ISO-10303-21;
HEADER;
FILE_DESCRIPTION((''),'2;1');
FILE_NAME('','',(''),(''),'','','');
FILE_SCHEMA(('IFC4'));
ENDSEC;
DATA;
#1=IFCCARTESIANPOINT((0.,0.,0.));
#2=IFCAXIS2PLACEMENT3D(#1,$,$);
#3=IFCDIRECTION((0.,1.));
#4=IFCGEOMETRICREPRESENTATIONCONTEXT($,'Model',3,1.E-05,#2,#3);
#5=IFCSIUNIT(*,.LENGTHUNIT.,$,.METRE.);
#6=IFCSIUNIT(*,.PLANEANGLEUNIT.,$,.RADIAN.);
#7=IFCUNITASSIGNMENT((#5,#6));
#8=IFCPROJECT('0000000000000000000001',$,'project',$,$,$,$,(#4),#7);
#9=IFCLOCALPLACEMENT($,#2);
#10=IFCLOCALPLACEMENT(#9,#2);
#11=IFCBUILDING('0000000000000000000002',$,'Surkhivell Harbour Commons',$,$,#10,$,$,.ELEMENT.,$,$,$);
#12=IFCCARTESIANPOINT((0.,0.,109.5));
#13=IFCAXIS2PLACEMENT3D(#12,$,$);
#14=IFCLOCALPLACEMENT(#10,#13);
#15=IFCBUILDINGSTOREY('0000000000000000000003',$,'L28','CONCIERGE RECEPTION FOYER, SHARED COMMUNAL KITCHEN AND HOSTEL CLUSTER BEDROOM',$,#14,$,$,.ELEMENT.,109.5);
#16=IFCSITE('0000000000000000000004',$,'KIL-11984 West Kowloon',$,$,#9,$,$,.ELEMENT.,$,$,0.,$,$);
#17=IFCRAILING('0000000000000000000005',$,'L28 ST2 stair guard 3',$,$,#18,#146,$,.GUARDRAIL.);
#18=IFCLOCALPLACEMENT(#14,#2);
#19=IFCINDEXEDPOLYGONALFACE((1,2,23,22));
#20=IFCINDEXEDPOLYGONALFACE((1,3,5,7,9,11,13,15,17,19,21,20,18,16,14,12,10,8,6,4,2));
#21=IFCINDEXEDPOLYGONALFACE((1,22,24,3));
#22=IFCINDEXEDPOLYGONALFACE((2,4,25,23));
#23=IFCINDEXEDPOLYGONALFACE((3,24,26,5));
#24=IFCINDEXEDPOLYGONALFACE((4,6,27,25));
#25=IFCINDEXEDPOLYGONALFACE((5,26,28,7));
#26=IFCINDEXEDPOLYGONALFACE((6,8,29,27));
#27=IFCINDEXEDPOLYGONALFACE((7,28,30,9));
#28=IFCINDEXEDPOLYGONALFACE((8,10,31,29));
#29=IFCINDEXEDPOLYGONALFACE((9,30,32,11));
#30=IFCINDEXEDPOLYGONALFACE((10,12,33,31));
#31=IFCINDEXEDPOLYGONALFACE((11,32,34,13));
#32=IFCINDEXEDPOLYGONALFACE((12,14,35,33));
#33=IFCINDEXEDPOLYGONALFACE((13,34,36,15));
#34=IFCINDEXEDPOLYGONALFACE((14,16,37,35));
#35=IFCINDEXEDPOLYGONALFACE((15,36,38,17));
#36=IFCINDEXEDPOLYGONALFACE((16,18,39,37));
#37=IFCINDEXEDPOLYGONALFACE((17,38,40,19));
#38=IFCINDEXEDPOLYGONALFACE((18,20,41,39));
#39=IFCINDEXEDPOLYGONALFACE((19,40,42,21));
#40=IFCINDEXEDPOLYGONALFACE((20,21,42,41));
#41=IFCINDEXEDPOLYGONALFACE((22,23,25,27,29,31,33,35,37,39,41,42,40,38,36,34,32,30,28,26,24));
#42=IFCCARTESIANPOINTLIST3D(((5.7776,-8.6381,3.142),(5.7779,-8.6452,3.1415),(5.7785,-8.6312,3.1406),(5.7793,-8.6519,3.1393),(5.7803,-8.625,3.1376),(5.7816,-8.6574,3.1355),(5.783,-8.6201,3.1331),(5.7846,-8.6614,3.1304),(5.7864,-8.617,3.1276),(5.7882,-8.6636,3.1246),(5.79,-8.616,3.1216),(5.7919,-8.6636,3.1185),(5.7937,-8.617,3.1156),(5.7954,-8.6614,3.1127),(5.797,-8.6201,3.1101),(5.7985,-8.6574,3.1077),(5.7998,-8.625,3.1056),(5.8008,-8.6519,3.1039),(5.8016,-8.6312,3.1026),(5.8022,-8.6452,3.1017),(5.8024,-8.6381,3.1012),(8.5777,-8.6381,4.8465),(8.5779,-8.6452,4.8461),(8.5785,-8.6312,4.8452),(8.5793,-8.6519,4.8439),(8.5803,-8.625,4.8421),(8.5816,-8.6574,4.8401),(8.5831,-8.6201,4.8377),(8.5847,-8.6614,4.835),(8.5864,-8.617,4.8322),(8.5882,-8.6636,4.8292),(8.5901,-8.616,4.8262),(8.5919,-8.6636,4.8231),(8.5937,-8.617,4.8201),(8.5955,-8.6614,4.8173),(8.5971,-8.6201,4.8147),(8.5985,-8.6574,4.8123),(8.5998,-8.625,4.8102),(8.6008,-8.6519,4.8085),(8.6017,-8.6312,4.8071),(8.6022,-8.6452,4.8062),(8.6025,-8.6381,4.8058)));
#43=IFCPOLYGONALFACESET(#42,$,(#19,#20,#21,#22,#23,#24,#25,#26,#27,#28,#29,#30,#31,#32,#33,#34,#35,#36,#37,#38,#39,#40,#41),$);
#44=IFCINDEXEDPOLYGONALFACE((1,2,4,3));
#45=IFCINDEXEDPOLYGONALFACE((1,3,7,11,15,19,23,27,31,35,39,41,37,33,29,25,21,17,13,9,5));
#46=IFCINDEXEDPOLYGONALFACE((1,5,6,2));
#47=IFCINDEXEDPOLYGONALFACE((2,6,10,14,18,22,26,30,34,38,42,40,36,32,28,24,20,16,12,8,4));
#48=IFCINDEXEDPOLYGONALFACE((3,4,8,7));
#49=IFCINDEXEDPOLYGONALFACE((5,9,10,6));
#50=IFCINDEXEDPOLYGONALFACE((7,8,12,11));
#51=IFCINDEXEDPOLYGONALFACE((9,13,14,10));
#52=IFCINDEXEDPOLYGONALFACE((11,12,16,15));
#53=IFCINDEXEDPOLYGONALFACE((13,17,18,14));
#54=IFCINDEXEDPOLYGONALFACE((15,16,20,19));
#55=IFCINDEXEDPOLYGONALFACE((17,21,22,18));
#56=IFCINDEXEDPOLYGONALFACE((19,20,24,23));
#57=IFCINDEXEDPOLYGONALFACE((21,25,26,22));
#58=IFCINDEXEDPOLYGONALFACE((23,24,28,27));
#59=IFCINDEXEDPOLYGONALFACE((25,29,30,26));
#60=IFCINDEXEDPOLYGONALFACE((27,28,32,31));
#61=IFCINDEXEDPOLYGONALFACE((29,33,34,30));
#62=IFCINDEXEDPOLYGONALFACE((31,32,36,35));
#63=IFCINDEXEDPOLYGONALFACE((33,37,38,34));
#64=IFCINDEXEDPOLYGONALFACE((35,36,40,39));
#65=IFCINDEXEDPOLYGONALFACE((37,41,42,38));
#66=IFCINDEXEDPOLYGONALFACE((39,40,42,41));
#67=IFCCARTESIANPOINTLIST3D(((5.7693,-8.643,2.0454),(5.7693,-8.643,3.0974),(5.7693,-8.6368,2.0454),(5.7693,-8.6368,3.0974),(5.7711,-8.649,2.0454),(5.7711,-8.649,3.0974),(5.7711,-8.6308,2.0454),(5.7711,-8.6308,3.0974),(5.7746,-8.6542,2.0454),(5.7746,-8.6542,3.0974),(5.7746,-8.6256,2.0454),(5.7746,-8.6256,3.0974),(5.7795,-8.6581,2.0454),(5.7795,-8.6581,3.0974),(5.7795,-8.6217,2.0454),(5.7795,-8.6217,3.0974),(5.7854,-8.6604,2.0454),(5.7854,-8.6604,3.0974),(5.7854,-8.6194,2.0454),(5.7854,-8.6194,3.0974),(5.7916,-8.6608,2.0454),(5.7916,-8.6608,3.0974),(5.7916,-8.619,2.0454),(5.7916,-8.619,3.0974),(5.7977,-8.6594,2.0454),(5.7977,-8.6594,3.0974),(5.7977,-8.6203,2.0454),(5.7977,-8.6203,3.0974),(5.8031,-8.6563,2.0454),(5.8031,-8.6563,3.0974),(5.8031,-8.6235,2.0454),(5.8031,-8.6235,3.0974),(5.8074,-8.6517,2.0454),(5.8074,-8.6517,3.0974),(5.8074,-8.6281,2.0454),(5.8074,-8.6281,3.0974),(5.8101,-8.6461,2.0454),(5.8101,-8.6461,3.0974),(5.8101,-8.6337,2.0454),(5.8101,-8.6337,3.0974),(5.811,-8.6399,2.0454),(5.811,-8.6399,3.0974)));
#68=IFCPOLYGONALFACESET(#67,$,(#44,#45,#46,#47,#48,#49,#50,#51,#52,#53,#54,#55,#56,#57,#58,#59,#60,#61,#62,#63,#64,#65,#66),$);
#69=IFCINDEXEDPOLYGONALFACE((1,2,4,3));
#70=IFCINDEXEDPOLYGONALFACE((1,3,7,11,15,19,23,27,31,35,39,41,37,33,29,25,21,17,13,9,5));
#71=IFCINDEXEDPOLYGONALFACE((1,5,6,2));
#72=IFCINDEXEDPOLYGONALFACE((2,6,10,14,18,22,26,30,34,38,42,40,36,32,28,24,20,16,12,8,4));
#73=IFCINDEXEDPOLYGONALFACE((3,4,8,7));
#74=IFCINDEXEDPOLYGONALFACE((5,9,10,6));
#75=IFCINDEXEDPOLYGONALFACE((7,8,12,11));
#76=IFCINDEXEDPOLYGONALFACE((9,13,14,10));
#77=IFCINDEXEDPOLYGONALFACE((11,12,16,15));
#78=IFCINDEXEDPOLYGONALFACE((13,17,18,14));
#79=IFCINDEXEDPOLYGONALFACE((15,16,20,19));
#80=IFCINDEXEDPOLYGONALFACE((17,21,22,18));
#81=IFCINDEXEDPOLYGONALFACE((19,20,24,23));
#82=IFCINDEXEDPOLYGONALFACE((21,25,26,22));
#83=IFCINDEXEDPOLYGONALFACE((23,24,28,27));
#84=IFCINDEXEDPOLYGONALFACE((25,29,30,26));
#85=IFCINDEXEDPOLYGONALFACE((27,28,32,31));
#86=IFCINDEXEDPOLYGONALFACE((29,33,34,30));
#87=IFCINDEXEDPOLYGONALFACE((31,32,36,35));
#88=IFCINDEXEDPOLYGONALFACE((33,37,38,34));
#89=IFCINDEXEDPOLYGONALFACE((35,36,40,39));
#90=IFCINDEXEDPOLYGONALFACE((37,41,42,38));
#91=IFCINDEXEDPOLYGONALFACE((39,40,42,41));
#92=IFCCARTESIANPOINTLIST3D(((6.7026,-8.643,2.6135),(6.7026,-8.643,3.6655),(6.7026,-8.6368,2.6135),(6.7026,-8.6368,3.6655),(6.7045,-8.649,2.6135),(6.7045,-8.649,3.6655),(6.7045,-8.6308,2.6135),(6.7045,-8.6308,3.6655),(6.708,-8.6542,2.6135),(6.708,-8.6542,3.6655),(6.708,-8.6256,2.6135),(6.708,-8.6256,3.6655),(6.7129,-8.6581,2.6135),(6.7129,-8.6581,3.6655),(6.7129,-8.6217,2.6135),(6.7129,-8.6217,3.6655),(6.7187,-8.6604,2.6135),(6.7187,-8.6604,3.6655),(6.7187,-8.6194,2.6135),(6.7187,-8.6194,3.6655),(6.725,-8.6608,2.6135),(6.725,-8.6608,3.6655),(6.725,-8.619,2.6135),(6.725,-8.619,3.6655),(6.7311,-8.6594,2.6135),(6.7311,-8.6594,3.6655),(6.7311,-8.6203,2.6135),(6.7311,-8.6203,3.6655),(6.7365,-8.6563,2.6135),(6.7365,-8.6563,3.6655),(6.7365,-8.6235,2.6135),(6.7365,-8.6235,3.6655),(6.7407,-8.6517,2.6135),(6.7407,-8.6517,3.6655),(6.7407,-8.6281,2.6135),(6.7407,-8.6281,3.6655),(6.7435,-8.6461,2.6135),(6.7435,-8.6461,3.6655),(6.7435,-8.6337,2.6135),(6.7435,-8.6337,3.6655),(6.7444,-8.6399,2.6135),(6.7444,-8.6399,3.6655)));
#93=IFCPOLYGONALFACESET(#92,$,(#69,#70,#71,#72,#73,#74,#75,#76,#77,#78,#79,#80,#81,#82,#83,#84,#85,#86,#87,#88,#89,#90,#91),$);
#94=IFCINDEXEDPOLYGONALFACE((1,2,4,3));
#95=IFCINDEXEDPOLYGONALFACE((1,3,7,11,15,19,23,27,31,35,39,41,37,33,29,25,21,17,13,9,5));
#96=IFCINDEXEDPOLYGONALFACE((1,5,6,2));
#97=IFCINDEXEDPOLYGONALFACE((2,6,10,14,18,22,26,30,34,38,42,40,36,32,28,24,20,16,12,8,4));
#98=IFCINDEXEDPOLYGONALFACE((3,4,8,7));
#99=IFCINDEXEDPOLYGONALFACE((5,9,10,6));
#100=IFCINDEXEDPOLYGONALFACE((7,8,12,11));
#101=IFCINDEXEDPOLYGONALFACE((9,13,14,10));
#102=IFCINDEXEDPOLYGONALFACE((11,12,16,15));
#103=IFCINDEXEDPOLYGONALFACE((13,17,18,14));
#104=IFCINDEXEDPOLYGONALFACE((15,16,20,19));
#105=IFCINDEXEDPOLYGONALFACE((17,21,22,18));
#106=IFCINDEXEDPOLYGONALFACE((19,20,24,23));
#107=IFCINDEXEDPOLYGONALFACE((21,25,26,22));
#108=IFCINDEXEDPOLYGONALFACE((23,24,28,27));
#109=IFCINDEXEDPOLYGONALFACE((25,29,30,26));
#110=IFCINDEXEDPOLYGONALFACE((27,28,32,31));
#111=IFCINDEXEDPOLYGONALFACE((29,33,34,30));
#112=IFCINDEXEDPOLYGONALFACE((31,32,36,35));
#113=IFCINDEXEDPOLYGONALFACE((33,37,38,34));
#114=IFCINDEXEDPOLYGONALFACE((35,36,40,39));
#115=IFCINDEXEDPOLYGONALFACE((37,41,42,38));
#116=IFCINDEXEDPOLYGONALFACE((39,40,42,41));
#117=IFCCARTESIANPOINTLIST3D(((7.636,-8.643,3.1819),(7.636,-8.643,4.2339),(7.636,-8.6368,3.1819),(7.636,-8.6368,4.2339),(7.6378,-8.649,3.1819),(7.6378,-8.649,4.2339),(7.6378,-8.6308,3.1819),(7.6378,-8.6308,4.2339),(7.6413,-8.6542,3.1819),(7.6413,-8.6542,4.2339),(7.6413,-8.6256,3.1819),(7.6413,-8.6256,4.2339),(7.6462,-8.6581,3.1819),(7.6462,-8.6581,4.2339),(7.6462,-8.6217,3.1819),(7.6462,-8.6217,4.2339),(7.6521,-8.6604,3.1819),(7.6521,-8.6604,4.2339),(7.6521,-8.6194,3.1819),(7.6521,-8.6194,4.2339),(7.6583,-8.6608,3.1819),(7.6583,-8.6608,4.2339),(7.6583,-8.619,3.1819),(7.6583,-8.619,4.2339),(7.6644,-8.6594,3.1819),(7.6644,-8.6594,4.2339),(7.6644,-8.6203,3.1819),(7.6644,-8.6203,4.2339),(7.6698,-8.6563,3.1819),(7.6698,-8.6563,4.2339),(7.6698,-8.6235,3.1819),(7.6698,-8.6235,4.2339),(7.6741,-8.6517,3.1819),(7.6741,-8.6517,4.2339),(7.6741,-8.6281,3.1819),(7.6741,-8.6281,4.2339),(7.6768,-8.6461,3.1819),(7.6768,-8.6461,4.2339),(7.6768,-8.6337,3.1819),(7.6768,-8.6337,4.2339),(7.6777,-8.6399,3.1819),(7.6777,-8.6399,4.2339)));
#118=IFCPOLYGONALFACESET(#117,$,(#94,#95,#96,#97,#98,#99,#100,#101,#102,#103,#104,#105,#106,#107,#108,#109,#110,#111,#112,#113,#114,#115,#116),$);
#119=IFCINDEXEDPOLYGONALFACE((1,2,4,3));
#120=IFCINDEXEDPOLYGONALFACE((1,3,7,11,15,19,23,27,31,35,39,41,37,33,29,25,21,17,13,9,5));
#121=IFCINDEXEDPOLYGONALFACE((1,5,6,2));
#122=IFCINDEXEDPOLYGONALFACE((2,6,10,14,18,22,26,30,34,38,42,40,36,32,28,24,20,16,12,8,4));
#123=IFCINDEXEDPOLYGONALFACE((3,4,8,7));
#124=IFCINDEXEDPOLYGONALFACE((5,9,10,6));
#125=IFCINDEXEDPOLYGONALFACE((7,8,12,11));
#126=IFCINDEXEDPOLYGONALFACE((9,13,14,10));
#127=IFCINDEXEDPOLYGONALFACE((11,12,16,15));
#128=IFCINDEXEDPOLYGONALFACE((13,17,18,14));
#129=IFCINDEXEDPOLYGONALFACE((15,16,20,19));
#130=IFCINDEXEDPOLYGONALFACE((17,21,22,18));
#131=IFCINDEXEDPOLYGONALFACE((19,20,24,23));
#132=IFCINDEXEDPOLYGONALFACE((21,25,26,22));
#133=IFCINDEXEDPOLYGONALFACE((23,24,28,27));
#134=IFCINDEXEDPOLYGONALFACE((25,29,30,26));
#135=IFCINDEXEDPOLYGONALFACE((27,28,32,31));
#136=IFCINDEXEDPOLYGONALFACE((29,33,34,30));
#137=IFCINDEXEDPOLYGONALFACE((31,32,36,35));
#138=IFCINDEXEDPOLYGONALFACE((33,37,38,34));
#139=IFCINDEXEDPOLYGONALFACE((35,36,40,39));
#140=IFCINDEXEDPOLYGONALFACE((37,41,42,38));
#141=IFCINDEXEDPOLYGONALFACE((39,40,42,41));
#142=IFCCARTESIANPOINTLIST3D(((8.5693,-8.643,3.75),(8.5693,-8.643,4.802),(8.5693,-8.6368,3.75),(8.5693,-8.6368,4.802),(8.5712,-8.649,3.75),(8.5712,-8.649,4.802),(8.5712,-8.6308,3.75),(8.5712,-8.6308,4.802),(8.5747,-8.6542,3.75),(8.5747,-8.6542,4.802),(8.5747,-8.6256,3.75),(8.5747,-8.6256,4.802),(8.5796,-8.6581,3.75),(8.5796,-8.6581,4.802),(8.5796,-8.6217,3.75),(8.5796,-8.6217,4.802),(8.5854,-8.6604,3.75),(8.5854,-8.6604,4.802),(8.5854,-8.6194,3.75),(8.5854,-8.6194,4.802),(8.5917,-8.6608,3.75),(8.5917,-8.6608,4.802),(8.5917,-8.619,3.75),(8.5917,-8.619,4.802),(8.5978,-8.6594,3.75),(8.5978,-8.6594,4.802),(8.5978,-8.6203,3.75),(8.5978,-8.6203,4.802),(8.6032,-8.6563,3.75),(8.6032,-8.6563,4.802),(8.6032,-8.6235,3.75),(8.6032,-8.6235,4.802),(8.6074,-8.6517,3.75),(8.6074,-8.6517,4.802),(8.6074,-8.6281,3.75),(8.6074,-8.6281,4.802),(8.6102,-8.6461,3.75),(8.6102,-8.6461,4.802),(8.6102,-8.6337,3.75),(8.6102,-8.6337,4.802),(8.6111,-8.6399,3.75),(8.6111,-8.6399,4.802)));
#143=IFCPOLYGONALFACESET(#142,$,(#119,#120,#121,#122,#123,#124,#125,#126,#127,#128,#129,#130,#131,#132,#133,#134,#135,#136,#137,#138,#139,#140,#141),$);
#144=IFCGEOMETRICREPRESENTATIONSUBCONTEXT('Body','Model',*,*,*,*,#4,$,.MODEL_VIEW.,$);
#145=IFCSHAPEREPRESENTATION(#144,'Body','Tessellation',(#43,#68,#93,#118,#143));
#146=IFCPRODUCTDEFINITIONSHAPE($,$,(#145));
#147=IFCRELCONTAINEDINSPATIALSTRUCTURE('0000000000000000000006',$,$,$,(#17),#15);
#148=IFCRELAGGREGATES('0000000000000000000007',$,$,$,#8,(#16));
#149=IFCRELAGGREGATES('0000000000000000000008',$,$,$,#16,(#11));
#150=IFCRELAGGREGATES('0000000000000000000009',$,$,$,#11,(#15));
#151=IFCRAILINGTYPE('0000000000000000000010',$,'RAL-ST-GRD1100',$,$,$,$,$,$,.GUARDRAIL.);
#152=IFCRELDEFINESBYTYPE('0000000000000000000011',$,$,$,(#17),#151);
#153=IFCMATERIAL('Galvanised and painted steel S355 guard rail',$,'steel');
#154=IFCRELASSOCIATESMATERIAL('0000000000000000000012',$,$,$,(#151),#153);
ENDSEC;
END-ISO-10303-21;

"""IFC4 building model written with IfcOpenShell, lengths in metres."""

from ifc_helpers import new_model, si_unit, direction, frame, origin, origin_2d, place, context, subcontext, project, spatial, circle, extrude, material, type_object, element, save


model = new_model("IFC4")

# Units and contexts
model_context = context("Model", 3, precision=1e-05, world=origin(), true_north=direction((0.0, 1.0)))
body_context = subcontext(model_context, "Body", "Model", "MODEL_VIEW")
ifc_project = project(units=[si_unit("LENGTHUNIT", "METRE"), si_unit("PLANEANGLEUNIT", "RADIAN")], contexts=[model_context])

# Site, building, storey
site_placement = place(None, origin())
site = spatial("IfcSite", under=ifc_project, at=site_placement, Name="KIL-11984 West Kowloon", CompositionType="ELEMENT", RefElevation=0.0)
building_placement = place(site_placement, origin())
building = spatial("IfcBuilding", under=site, at=building_placement, Name="Surkhivell Harbour Commons", CompositionType="ELEMENT")
storey_placement = place(building_placement, frame((0.0, 0.0, 109.5)))
storey = spatial("IfcBuildingStorey", under=building, at=storey_placement, Name="L28", Description="CONCIERGE RECEPTION FOYER, SHARED COMMUNAL KITCHEN AND HOSTEL CLUSTER BEDROOM", CompositionType="ELEMENT", Elevation=109.5)

# Railing
ifc_material_1 = material(Name="Galvanised and painted steel S355 guard rail", Category="steel")
railing_type = type_object("IfcRailingType", Name="RAL-ST-GRD1100", PredefinedType="GUARDRAIL", material=ifc_material_1)
railing_1_placement = place(storey_placement, frame((5.79, -8.6399, 2.0454)))
element("IfcRailing", 1, at=railing_1_placement, inside=storey, type_object=railing_type, Name="L28 ST2 stair guard 3", PredefinedType="GUARDRAIL", context=body_context, shape_type="SweptSolid", body=[
    extrude(circle(Radius=0.0239, at=origin_2d()), frame((0.0, 0.0, 1.0762), z_axis=(0.85417, 0.0, 0.519994), x_axis=(0.0, 1.0, 0.0)), (0.0, 0.0, 1.0), 3.2781),
    extrude(circle(Radius=0.021, at=origin_2d()), origin(), (0.0, 0.0, 1.0), 1.052),
    extrude(circle(Radius=0.021, at=origin_2d()), frame((0.9333, 0.0, 0.5681)), (0.0, 0.0, 1.0), 1.052),
    extrude(circle(Radius=0.021, at=origin_2d()), frame((1.8667, 0.0, 1.1365)), (0.0, 0.0, 1.0), 1.052),
    extrude(circle(Radius=0.021, at=origin_2d()), frame((2.8, 0.0, 1.7046)), (0.0, 0.0, 1.0), 1.052),
])

save(model, "model.ifc")
